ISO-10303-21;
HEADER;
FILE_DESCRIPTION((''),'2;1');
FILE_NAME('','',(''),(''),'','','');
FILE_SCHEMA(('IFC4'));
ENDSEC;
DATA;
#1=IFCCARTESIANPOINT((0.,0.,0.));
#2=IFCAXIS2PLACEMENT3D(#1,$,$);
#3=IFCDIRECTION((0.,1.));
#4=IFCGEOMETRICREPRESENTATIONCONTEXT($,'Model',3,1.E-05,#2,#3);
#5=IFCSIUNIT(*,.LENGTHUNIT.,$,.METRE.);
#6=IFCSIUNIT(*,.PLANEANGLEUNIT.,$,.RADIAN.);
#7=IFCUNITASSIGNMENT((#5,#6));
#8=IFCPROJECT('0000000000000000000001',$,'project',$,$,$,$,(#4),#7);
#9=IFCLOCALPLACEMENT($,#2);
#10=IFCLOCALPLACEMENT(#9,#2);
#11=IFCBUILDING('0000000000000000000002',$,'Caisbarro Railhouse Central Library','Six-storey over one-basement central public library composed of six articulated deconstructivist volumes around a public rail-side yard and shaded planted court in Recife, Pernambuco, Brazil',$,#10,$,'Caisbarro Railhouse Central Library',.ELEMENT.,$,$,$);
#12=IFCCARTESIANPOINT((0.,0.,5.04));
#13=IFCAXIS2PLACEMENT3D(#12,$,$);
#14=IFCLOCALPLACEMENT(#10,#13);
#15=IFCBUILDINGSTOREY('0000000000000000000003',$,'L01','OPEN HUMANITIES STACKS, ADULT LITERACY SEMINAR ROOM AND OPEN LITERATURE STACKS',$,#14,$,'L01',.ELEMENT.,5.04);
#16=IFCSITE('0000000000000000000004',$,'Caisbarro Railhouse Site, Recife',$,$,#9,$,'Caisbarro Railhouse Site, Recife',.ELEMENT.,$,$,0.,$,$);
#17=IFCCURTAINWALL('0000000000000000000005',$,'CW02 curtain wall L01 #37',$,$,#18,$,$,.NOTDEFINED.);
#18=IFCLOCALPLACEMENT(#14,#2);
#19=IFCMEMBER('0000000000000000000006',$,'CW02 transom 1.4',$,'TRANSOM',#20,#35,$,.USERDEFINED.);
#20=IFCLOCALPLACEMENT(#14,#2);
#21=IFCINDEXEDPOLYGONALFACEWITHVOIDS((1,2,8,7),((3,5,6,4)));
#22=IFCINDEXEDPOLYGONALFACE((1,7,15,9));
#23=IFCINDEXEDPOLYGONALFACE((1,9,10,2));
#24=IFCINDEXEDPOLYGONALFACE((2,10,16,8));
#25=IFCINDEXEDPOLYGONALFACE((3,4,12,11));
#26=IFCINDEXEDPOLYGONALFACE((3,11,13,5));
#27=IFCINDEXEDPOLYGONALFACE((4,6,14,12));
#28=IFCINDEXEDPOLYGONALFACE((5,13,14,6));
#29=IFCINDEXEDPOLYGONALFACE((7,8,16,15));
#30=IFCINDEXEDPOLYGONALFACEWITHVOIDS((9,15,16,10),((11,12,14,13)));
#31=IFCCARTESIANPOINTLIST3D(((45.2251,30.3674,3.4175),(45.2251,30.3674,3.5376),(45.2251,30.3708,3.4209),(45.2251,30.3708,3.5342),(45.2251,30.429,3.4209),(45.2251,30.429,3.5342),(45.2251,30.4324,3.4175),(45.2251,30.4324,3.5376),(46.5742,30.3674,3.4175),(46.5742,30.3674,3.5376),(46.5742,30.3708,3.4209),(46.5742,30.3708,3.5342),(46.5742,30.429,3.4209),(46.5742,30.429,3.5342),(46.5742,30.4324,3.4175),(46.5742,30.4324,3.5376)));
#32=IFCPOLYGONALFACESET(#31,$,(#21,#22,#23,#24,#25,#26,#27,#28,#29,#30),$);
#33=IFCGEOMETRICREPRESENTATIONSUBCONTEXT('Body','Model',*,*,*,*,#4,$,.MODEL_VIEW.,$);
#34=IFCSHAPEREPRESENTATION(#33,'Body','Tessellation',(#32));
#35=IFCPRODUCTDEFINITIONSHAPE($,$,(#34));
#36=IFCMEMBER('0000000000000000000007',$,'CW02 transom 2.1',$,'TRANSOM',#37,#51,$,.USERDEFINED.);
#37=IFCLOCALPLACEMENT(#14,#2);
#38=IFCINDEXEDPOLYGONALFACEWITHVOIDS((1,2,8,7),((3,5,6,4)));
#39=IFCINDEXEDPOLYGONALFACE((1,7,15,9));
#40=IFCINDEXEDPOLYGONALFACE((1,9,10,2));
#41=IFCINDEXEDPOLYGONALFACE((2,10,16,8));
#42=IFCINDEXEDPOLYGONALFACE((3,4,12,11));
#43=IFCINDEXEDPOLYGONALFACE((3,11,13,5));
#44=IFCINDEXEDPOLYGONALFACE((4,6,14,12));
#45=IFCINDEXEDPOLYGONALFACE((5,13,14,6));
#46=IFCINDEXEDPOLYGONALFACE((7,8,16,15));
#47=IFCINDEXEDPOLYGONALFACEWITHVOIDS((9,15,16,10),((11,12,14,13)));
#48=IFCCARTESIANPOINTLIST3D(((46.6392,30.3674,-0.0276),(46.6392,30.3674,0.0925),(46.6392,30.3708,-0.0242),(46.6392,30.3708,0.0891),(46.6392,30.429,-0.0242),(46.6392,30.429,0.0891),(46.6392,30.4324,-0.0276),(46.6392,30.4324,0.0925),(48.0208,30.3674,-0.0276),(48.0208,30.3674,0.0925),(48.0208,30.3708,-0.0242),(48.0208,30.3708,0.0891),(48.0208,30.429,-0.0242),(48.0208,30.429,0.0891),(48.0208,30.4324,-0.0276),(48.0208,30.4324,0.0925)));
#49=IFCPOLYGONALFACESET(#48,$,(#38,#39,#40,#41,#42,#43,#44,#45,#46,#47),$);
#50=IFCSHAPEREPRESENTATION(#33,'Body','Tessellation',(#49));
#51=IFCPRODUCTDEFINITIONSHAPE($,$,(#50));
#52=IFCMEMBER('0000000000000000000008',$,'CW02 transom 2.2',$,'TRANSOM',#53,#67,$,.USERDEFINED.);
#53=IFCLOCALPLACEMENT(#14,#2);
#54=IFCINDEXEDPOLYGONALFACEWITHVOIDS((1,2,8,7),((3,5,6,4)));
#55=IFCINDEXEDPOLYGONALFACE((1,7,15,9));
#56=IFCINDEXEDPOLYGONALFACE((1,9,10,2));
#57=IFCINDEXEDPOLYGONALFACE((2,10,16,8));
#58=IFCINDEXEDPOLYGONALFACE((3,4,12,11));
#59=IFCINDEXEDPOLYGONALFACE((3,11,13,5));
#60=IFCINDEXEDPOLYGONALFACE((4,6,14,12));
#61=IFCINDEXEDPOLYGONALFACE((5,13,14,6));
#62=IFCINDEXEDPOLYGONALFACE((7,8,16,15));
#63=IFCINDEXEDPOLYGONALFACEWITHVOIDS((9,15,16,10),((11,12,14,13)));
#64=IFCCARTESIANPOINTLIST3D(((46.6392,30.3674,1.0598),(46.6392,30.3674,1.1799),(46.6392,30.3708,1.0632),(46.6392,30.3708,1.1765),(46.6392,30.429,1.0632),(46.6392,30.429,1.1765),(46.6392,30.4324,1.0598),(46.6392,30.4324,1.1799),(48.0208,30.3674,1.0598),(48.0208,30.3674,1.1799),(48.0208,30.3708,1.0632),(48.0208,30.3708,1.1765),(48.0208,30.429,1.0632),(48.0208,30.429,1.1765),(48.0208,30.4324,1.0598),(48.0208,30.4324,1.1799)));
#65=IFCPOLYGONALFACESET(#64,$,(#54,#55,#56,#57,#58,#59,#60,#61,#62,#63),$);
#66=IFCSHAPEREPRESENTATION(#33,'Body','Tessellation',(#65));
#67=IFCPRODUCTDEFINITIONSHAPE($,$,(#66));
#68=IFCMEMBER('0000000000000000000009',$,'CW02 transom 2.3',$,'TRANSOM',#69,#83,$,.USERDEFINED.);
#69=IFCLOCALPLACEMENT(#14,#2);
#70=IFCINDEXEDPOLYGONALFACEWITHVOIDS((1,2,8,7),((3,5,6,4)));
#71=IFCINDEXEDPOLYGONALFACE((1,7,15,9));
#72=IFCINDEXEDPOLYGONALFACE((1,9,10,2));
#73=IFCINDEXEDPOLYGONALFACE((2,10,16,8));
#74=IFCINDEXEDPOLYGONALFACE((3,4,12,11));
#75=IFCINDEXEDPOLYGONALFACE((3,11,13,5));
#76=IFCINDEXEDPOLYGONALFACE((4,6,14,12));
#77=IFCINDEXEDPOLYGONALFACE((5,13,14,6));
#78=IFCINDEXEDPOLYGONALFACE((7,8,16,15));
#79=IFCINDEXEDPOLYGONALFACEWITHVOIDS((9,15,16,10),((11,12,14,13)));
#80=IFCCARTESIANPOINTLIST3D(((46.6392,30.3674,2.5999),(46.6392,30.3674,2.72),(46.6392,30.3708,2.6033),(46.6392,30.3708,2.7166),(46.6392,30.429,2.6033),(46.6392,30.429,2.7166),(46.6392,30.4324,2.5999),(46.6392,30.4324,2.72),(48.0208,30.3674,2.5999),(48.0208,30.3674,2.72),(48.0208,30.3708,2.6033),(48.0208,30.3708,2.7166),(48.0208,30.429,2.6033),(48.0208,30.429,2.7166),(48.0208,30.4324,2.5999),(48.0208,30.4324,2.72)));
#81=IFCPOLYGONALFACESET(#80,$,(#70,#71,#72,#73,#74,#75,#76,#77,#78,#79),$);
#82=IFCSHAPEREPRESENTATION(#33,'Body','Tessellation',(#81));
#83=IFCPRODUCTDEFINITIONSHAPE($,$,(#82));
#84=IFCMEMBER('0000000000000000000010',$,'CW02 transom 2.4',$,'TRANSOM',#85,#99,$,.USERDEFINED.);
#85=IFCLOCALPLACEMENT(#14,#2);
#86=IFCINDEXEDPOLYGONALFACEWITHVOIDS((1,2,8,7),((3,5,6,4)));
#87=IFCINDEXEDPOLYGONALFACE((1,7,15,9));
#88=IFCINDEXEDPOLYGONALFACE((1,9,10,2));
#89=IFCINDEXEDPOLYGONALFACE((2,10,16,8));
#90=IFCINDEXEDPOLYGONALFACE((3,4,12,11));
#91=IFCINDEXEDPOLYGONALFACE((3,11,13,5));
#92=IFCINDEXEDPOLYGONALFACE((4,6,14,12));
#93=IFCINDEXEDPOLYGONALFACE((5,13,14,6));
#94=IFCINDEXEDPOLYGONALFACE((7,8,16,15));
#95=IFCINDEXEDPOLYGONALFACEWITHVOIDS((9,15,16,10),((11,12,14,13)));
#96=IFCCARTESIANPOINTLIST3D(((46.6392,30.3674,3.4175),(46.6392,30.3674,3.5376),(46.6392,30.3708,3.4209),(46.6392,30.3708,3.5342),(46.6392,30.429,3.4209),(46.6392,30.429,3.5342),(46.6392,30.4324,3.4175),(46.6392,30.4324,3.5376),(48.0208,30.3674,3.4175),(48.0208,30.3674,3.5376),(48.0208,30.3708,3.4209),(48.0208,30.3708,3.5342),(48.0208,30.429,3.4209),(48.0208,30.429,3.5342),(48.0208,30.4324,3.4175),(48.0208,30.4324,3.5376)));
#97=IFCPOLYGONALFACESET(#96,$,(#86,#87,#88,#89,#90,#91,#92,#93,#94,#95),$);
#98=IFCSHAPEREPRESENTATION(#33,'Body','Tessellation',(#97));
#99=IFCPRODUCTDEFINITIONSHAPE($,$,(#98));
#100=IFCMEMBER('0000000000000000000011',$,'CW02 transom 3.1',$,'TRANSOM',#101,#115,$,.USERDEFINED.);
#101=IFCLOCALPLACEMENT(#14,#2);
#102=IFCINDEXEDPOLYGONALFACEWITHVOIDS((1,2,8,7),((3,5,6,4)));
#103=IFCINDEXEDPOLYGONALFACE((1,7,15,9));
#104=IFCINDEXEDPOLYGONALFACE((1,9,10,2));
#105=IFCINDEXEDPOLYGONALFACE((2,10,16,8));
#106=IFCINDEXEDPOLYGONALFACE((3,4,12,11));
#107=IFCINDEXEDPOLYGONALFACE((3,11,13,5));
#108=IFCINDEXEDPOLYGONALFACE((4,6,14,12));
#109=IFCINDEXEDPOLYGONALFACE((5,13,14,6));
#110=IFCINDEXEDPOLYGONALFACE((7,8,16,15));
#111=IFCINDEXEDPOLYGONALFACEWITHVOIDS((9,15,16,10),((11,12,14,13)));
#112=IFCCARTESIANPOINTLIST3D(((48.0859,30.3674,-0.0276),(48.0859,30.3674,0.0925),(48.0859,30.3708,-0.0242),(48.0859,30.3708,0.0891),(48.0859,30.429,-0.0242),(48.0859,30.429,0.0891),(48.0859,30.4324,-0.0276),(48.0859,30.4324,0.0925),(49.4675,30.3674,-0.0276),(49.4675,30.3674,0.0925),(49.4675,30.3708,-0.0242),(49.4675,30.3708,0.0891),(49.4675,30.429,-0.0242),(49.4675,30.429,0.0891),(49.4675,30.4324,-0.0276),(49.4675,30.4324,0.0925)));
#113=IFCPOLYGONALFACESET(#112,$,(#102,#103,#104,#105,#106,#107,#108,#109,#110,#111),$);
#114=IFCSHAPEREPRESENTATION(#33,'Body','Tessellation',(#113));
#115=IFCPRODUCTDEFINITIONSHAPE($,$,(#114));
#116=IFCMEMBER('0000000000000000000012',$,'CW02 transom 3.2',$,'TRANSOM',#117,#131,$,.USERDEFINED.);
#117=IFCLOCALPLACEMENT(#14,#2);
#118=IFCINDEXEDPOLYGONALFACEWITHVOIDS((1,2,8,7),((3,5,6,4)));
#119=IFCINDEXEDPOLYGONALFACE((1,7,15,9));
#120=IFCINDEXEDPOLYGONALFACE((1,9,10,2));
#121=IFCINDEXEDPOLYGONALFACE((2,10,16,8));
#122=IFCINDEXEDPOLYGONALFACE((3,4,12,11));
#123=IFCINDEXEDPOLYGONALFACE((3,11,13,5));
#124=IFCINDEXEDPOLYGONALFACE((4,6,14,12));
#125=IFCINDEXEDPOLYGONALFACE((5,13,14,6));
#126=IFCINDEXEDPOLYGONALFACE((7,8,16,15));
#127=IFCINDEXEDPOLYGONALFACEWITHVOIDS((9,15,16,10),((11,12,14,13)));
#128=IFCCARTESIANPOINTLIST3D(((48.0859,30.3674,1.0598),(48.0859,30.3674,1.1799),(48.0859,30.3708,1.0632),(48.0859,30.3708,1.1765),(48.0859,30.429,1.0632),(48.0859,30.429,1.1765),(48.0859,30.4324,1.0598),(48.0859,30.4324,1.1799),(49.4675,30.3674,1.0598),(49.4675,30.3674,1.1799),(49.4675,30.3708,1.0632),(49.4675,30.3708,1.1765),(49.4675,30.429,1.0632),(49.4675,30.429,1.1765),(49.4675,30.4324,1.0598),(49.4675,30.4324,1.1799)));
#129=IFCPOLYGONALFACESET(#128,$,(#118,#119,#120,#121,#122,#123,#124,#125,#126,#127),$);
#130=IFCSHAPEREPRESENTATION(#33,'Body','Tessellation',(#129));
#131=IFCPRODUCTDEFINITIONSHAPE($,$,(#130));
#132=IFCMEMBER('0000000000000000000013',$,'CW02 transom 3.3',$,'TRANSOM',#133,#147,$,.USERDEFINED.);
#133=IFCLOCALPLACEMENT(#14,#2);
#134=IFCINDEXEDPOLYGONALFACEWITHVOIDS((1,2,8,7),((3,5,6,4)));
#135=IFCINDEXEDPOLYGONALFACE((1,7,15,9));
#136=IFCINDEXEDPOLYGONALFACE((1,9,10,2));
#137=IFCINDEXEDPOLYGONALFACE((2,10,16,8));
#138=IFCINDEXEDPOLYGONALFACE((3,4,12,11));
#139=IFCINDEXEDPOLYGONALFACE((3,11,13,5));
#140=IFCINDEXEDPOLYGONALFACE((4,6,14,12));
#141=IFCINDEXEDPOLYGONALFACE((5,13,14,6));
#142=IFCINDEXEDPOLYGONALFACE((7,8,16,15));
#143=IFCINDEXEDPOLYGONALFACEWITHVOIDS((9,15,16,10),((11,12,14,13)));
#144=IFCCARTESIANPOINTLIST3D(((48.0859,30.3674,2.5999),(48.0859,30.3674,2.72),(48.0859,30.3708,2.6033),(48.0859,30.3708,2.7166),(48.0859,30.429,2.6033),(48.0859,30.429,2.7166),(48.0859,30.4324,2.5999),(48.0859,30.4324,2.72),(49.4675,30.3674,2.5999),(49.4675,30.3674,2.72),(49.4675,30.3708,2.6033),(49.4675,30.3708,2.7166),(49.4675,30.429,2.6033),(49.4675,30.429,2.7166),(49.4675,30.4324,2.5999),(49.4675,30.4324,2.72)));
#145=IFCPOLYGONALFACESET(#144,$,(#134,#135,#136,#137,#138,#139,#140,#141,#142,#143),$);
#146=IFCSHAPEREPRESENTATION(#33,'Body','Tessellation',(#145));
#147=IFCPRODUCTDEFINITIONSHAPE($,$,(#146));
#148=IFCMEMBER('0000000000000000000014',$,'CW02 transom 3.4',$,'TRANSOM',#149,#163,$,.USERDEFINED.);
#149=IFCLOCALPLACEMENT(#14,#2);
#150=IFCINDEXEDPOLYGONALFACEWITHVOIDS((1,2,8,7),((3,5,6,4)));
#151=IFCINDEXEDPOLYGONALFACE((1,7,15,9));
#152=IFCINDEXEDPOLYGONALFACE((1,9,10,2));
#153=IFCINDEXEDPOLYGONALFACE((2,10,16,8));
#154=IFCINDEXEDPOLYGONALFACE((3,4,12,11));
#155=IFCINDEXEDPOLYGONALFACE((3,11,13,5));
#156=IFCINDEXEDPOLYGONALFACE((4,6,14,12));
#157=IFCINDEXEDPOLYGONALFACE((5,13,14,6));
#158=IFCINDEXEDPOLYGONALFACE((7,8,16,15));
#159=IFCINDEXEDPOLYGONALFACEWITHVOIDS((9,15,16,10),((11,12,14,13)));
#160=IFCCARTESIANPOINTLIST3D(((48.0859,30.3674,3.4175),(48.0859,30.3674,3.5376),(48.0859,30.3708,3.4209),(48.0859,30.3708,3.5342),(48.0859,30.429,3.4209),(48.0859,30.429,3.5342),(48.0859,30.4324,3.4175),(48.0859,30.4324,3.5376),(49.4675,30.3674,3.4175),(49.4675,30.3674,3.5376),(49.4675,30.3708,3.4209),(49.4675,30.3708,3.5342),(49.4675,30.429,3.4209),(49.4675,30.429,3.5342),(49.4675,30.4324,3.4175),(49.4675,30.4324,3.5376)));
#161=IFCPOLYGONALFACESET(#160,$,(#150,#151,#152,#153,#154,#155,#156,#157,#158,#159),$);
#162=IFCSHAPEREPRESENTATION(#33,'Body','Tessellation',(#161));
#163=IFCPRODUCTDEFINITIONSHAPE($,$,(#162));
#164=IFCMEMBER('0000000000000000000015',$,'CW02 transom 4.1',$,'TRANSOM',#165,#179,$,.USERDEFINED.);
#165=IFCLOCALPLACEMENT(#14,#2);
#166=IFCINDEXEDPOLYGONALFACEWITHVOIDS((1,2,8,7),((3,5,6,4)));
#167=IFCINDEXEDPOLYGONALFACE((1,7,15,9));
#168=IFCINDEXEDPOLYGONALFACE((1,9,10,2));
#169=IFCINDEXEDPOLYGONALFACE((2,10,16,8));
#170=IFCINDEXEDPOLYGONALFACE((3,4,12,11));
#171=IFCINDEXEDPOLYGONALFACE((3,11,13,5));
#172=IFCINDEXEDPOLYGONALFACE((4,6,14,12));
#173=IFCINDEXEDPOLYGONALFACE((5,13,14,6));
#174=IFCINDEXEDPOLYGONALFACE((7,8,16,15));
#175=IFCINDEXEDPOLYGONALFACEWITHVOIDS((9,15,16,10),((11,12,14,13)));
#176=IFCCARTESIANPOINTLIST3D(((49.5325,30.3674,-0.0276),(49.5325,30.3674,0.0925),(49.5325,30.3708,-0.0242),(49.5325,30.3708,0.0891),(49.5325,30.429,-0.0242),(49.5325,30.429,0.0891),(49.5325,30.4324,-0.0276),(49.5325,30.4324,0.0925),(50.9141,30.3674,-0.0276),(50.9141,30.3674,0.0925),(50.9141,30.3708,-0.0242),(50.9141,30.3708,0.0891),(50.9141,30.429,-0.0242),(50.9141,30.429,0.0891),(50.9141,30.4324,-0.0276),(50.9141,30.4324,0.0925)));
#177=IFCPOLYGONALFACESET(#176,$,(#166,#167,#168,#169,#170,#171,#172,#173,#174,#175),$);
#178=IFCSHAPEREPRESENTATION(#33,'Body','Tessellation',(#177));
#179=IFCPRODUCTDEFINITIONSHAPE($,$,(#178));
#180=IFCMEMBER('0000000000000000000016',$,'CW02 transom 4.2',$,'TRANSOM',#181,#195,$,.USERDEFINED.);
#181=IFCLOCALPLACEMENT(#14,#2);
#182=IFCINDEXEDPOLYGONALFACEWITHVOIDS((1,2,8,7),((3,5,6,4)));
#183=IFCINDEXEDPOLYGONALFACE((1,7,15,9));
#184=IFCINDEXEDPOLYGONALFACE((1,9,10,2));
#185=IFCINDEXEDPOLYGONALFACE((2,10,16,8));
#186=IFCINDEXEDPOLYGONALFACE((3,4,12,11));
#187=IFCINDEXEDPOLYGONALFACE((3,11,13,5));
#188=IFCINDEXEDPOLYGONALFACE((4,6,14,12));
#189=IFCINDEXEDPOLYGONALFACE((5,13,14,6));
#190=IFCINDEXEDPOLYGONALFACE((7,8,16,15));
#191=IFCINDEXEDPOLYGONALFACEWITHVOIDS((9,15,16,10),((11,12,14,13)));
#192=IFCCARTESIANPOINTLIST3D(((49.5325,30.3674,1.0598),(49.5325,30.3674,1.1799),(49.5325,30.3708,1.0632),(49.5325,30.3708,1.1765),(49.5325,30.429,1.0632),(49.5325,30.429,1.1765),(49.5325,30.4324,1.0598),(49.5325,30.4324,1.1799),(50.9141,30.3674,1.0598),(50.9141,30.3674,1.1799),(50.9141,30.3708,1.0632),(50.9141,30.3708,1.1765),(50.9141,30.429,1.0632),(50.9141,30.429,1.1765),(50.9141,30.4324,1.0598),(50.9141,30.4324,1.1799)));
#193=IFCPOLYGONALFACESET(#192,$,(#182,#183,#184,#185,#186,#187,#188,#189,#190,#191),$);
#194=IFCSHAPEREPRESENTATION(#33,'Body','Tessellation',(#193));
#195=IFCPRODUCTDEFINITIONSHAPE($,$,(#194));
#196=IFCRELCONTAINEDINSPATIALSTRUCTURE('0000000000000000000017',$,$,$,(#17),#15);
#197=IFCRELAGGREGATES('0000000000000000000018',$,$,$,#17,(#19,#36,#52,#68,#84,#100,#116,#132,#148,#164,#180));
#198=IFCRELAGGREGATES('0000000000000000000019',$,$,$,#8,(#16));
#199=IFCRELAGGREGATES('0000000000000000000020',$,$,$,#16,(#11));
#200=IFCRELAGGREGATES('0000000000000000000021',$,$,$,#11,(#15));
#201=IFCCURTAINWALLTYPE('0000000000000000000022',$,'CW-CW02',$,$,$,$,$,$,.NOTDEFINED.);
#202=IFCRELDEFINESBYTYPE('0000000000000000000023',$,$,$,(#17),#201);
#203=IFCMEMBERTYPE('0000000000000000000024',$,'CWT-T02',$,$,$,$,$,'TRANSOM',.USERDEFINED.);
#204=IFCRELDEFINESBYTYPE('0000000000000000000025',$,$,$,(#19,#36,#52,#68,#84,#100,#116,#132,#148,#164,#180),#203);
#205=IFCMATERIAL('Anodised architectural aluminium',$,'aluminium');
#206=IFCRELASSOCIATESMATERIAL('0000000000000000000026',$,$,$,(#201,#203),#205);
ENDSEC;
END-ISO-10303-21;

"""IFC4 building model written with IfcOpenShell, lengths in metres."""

from ifc_helpers import new_model, si_unit, direction, frame, origin, origin_2d, place, context, subcontext, project, spatial, hollow_rectangle, extrude, material, material_profile, profile_set, type_object, element, aggregate, save


model = new_model("IFC4")

# Units and contexts
model_context = context("Model", 3, precision=1e-05, world=origin(), true_north=direction((0.0, 1.0)))
body_context = subcontext(model_context, "Body", "Model", "MODEL_VIEW")
ifc_project = project(units=[si_unit("LENGTHUNIT", "METRE"), si_unit("PLANEANGLEUNIT", "RADIAN")], contexts=[model_context])

# Site, building, storey
site_placement = place(None, origin())
site = spatial("IfcSite", under=ifc_project, at=site_placement, Name="Caisbarro Railhouse Site, Recife", LongName="Caisbarro Railhouse Site, Recife", CompositionType="ELEMENT", RefElevation=0.0)
building_placement = place(site_placement, origin())
building = spatial("IfcBuilding", under=site, at=building_placement, Name="Caisbarro Railhouse Central Library", Description="Six-storey over one-basement central public library composed of six articulated deconstructivist volumes around a public rail-side yard and shaded planted court in Recife, Pernambuco, Brazil", LongName="Caisbarro Railhouse Central Library", CompositionType="ELEMENT")
storey_placement = place(building_placement, frame((0.0, 0.0, 5.04)))
storey = spatial("IfcBuildingStorey", under=building, at=storey_placement, Name="L01", Description="OPEN HUMANITIES STACKS, ADULT LITERACY SEMINAR ROOM AND OPEN LITERATURE STACKS", LongName="L01", CompositionType="ELEMENT", Elevation=5.04)

# Curtain wall, members
ifc_material_1 = material(Name="Anodised architectural aluminium", Category="aluminium")
curtain_wall_type = type_object("IfcCurtainWallType", Name="CW-CW02", PredefinedType="NOTDEFINED", material=ifc_material_1)
curtain_wall_placement = place(storey_placement, origin())
curtain_wall = element("IfcCurtainWall", 1, at=curtain_wall_placement, inside=storey, type_object=curtain_wall_type, Name="CW02 curtain wall L01 #37", PredefinedType="NOTDEFINED")
ifc_material_profile_1 = material_profile(ifc_material_1, hollow_rectangle(XDim=0.0649, YDim=0.1201, WallThickness=0.0034, at=origin_2d()), Name="ALU-TRN-65X120")
ifc_profile_set_1 = profile_set([ifc_material_profile_1], Name="Anodised architectural aluminium")
member_type_1 = type_object("IfcMemberType", Name="CWT-T02", ElementType="TRANSOM", PredefinedType="USERDEFINED", material=ifc_profile_set_1)
member_1_placement = place(storey_placement, frame((45.2251, 30.3999, 3.4775), z_axis=(1.0, 0.0, 0.0), x_axis=(0.0, 1.0, 0.0)))
member_1 = element("IfcMember", 2, at=member_1_placement, type_object=member_type_1, Name="CW02 transom 1.4", ObjectType="TRANSOM", PredefinedType="USERDEFINED", context=body_context, shape_type="SweptSolid", body=[
    extrude(hollow_rectangle(XDim=0.0649, YDim=0.1201, WallThickness=0.0034, at=origin_2d()), origin(), (0.0, 0.0, 1.0), 1.3491),
])
member_2_placement = place(storey_placement, frame((46.6392, 30.3999, 0.0325), z_axis=(1.0, 0.0, 0.0), x_axis=(0.0, 1.0, 0.0)))
member_2 = element("IfcMember", 3, at=member_2_placement, type_object=member_type_1, Name="CW02 transom 2.1", ObjectType="TRANSOM", PredefinedType="USERDEFINED", context=body_context, shape_type="SweptSolid", body=[
    extrude(hollow_rectangle(XDim=0.0649, YDim=0.1201, WallThickness=0.0034, at=origin_2d()), origin(), (0.0, 0.0, 1.0), 1.3816),
])
member_3_placement = place(storey_placement, frame((46.6392, 30.3999, 1.1199), z_axis=(1.0, 0.0, 0.0), x_axis=(0.0, 1.0, 0.0)))
member_3 = element("IfcMember", 4, at=member_3_placement, type_object=member_type_1, Name="CW02 transom 2.2", ObjectType="TRANSOM", PredefinedType="USERDEFINED", context=body_context, shape_type="SweptSolid", body=[
    extrude(hollow_rectangle(XDim=0.0649, YDim=0.1201, WallThickness=0.0034, at=origin_2d()), origin(), (0.0, 0.0, 1.0), 1.3816),
])
member_4_placement = place(storey_placement, frame((46.6392, 30.3999, 2.6599), z_axis=(1.0, 0.0, 0.0), x_axis=(0.0, 1.0, 0.0)))
member_4 = element("IfcMember", 5, at=member_4_placement, type_object=member_type_1, Name="CW02 transom 2.3", ObjectType="TRANSOM", PredefinedType="USERDEFINED", context=body_context, shape_type="SweptSolid", body=[
    extrude(hollow_rectangle(XDim=0.0649, YDim=0.1201, WallThickness=0.0034, at=origin_2d()), origin(), (0.0, 0.0, 1.0), 1.3816),
])
member_5_placement = place(storey_placement, frame((46.6392, 30.3999, 3.4775), z_axis=(1.0, 0.0, 0.0), x_axis=(0.0, 1.0, 0.0)))
member_5 = element("IfcMember", 6, at=member_5_placement, type_object=member_type_1, Name="CW02 transom 2.4", ObjectType="TRANSOM", PredefinedType="USERDEFINED", context=body_context, shape_type="SweptSolid", body=[
    extrude(hollow_rectangle(XDim=0.0649, YDim=0.1201, WallThickness=0.0034, at=origin_2d()), origin(), (0.0, 0.0, 1.0), 1.3816),
])
member_6_placement = place(storey_placement, frame((48.0859, 30.3999, 0.0325), z_axis=(1.0, 0.0, 0.0), x_axis=(0.0, 1.0, 0.0)))
member_6 = element("IfcMember", 7, at=member_6_placement, type_object=member_type_1, Name="CW02 transom 3.1", ObjectType="TRANSOM", PredefinedType="USERDEFINED", context=body_context, shape_type="SweptSolid", body=[
    extrude(hollow_rectangle(XDim=0.0649, YDim=0.1201, WallThickness=0.0034, at=origin_2d()), origin(), (0.0, 0.0, 1.0), 1.3816),
])
member_7_placement = place(storey_placement, frame((48.0859, 30.3999, 1.1199), z_axis=(1.0, 0.0, 0.0), x_axis=(0.0, 1.0, 0.0)))
member_7 = element("IfcMember", 8, at=member_7_placement, type_object=member_type_1, Name="CW02 transom 3.2", ObjectType="TRANSOM", PredefinedType="USERDEFINED", context=body_context, shape_type="SweptSolid", body=[
    extrude(hollow_rectangle(XDim=0.0649, YDim=0.1201, WallThickness=0.0034, at=origin_2d()), origin(), (0.0, 0.0, 1.0), 1.3816),
])
member_8_placement = place(storey_placement, frame((48.0859, 30.3999, 2.6599), z_axis=(1.0, 0.0, 0.0), x_axis=(0.0, 1.0, 0.0)))
member_8 = element("IfcMember", 9, at=member_8_placement, type_object=member_type_1, Name="CW02 transom 3.3", ObjectType="TRANSOM", PredefinedType="USERDEFINED", context=body_context, shape_type="SweptSolid", body=[
    extrude(hollow_rectangle(XDim=0.0649, YDim=0.1201, WallThickness=0.0034, at=origin_2d()), origin(), (0.0, 0.0, 1.0), 1.3816),
])
member_9_placement = place(storey_placement, frame((48.0859, 30.3999, 3.4775), z_axis=(1.0, 0.0, 0.0), x_axis=(0.0, 1.0, 0.0)))
member_9 = element("IfcMember", 10, at=member_9_placement, type_object=member_type_1, Name="CW02 transom 3.4", ObjectType="TRANSOM", PredefinedType="USERDEFINED", context=body_context, shape_type="SweptSolid", body=[
    extrude(hollow_rectangle(XDim=0.0649, YDim=0.1201, WallThickness=0.0034, at=origin_2d()), origin(), (0.0, 0.0, 1.0), 1.3816),
])
member_10_placement = place(storey_placement, frame((49.5325, 30.3999, 0.0325), z_axis=(1.0, 0.0, 0.0), x_axis=(0.0, 1.0, 0.0)))
member_10 = element("IfcMember", 11, at=member_10_placement, type_object=member_type_1, Name="CW02 transom 4.1", ObjectType="TRANSOM", PredefinedType="USERDEFINED", context=body_context, shape_type="SweptSolid", body=[
    extrude(hollow_rectangle(XDim=0.0649, YDim=0.1201, WallThickness=0.0034, at=origin_2d()), origin(), (0.0, 0.0, 1.0), 1.3816),
])
member_11_placement = place(storey_placement, frame((49.5325, 30.3999, 1.1199), z_axis=(1.0, 0.0, 0.0), x_axis=(0.0, 1.0, 0.0)))
member_11 = element("IfcMember", 12, at=member_11_placement, type_object=member_type_1, Name="CW02 transom 4.2", ObjectType="TRANSOM", PredefinedType="USERDEFINED", context=body_context, shape_type="SweptSolid", body=[
    extrude(hollow_rectangle(XDim=0.0649, YDim=0.1201, WallThickness=0.0034, at=origin_2d()), origin(), (0.0, 0.0, 1.0), 1.3816),
])
aggregate(curtain_wall, [member_1, member_2, member_3, member_4, member_5, member_6, member_7, member_8, member_9, member_10, member_11])

save(model, "model.ifc")
